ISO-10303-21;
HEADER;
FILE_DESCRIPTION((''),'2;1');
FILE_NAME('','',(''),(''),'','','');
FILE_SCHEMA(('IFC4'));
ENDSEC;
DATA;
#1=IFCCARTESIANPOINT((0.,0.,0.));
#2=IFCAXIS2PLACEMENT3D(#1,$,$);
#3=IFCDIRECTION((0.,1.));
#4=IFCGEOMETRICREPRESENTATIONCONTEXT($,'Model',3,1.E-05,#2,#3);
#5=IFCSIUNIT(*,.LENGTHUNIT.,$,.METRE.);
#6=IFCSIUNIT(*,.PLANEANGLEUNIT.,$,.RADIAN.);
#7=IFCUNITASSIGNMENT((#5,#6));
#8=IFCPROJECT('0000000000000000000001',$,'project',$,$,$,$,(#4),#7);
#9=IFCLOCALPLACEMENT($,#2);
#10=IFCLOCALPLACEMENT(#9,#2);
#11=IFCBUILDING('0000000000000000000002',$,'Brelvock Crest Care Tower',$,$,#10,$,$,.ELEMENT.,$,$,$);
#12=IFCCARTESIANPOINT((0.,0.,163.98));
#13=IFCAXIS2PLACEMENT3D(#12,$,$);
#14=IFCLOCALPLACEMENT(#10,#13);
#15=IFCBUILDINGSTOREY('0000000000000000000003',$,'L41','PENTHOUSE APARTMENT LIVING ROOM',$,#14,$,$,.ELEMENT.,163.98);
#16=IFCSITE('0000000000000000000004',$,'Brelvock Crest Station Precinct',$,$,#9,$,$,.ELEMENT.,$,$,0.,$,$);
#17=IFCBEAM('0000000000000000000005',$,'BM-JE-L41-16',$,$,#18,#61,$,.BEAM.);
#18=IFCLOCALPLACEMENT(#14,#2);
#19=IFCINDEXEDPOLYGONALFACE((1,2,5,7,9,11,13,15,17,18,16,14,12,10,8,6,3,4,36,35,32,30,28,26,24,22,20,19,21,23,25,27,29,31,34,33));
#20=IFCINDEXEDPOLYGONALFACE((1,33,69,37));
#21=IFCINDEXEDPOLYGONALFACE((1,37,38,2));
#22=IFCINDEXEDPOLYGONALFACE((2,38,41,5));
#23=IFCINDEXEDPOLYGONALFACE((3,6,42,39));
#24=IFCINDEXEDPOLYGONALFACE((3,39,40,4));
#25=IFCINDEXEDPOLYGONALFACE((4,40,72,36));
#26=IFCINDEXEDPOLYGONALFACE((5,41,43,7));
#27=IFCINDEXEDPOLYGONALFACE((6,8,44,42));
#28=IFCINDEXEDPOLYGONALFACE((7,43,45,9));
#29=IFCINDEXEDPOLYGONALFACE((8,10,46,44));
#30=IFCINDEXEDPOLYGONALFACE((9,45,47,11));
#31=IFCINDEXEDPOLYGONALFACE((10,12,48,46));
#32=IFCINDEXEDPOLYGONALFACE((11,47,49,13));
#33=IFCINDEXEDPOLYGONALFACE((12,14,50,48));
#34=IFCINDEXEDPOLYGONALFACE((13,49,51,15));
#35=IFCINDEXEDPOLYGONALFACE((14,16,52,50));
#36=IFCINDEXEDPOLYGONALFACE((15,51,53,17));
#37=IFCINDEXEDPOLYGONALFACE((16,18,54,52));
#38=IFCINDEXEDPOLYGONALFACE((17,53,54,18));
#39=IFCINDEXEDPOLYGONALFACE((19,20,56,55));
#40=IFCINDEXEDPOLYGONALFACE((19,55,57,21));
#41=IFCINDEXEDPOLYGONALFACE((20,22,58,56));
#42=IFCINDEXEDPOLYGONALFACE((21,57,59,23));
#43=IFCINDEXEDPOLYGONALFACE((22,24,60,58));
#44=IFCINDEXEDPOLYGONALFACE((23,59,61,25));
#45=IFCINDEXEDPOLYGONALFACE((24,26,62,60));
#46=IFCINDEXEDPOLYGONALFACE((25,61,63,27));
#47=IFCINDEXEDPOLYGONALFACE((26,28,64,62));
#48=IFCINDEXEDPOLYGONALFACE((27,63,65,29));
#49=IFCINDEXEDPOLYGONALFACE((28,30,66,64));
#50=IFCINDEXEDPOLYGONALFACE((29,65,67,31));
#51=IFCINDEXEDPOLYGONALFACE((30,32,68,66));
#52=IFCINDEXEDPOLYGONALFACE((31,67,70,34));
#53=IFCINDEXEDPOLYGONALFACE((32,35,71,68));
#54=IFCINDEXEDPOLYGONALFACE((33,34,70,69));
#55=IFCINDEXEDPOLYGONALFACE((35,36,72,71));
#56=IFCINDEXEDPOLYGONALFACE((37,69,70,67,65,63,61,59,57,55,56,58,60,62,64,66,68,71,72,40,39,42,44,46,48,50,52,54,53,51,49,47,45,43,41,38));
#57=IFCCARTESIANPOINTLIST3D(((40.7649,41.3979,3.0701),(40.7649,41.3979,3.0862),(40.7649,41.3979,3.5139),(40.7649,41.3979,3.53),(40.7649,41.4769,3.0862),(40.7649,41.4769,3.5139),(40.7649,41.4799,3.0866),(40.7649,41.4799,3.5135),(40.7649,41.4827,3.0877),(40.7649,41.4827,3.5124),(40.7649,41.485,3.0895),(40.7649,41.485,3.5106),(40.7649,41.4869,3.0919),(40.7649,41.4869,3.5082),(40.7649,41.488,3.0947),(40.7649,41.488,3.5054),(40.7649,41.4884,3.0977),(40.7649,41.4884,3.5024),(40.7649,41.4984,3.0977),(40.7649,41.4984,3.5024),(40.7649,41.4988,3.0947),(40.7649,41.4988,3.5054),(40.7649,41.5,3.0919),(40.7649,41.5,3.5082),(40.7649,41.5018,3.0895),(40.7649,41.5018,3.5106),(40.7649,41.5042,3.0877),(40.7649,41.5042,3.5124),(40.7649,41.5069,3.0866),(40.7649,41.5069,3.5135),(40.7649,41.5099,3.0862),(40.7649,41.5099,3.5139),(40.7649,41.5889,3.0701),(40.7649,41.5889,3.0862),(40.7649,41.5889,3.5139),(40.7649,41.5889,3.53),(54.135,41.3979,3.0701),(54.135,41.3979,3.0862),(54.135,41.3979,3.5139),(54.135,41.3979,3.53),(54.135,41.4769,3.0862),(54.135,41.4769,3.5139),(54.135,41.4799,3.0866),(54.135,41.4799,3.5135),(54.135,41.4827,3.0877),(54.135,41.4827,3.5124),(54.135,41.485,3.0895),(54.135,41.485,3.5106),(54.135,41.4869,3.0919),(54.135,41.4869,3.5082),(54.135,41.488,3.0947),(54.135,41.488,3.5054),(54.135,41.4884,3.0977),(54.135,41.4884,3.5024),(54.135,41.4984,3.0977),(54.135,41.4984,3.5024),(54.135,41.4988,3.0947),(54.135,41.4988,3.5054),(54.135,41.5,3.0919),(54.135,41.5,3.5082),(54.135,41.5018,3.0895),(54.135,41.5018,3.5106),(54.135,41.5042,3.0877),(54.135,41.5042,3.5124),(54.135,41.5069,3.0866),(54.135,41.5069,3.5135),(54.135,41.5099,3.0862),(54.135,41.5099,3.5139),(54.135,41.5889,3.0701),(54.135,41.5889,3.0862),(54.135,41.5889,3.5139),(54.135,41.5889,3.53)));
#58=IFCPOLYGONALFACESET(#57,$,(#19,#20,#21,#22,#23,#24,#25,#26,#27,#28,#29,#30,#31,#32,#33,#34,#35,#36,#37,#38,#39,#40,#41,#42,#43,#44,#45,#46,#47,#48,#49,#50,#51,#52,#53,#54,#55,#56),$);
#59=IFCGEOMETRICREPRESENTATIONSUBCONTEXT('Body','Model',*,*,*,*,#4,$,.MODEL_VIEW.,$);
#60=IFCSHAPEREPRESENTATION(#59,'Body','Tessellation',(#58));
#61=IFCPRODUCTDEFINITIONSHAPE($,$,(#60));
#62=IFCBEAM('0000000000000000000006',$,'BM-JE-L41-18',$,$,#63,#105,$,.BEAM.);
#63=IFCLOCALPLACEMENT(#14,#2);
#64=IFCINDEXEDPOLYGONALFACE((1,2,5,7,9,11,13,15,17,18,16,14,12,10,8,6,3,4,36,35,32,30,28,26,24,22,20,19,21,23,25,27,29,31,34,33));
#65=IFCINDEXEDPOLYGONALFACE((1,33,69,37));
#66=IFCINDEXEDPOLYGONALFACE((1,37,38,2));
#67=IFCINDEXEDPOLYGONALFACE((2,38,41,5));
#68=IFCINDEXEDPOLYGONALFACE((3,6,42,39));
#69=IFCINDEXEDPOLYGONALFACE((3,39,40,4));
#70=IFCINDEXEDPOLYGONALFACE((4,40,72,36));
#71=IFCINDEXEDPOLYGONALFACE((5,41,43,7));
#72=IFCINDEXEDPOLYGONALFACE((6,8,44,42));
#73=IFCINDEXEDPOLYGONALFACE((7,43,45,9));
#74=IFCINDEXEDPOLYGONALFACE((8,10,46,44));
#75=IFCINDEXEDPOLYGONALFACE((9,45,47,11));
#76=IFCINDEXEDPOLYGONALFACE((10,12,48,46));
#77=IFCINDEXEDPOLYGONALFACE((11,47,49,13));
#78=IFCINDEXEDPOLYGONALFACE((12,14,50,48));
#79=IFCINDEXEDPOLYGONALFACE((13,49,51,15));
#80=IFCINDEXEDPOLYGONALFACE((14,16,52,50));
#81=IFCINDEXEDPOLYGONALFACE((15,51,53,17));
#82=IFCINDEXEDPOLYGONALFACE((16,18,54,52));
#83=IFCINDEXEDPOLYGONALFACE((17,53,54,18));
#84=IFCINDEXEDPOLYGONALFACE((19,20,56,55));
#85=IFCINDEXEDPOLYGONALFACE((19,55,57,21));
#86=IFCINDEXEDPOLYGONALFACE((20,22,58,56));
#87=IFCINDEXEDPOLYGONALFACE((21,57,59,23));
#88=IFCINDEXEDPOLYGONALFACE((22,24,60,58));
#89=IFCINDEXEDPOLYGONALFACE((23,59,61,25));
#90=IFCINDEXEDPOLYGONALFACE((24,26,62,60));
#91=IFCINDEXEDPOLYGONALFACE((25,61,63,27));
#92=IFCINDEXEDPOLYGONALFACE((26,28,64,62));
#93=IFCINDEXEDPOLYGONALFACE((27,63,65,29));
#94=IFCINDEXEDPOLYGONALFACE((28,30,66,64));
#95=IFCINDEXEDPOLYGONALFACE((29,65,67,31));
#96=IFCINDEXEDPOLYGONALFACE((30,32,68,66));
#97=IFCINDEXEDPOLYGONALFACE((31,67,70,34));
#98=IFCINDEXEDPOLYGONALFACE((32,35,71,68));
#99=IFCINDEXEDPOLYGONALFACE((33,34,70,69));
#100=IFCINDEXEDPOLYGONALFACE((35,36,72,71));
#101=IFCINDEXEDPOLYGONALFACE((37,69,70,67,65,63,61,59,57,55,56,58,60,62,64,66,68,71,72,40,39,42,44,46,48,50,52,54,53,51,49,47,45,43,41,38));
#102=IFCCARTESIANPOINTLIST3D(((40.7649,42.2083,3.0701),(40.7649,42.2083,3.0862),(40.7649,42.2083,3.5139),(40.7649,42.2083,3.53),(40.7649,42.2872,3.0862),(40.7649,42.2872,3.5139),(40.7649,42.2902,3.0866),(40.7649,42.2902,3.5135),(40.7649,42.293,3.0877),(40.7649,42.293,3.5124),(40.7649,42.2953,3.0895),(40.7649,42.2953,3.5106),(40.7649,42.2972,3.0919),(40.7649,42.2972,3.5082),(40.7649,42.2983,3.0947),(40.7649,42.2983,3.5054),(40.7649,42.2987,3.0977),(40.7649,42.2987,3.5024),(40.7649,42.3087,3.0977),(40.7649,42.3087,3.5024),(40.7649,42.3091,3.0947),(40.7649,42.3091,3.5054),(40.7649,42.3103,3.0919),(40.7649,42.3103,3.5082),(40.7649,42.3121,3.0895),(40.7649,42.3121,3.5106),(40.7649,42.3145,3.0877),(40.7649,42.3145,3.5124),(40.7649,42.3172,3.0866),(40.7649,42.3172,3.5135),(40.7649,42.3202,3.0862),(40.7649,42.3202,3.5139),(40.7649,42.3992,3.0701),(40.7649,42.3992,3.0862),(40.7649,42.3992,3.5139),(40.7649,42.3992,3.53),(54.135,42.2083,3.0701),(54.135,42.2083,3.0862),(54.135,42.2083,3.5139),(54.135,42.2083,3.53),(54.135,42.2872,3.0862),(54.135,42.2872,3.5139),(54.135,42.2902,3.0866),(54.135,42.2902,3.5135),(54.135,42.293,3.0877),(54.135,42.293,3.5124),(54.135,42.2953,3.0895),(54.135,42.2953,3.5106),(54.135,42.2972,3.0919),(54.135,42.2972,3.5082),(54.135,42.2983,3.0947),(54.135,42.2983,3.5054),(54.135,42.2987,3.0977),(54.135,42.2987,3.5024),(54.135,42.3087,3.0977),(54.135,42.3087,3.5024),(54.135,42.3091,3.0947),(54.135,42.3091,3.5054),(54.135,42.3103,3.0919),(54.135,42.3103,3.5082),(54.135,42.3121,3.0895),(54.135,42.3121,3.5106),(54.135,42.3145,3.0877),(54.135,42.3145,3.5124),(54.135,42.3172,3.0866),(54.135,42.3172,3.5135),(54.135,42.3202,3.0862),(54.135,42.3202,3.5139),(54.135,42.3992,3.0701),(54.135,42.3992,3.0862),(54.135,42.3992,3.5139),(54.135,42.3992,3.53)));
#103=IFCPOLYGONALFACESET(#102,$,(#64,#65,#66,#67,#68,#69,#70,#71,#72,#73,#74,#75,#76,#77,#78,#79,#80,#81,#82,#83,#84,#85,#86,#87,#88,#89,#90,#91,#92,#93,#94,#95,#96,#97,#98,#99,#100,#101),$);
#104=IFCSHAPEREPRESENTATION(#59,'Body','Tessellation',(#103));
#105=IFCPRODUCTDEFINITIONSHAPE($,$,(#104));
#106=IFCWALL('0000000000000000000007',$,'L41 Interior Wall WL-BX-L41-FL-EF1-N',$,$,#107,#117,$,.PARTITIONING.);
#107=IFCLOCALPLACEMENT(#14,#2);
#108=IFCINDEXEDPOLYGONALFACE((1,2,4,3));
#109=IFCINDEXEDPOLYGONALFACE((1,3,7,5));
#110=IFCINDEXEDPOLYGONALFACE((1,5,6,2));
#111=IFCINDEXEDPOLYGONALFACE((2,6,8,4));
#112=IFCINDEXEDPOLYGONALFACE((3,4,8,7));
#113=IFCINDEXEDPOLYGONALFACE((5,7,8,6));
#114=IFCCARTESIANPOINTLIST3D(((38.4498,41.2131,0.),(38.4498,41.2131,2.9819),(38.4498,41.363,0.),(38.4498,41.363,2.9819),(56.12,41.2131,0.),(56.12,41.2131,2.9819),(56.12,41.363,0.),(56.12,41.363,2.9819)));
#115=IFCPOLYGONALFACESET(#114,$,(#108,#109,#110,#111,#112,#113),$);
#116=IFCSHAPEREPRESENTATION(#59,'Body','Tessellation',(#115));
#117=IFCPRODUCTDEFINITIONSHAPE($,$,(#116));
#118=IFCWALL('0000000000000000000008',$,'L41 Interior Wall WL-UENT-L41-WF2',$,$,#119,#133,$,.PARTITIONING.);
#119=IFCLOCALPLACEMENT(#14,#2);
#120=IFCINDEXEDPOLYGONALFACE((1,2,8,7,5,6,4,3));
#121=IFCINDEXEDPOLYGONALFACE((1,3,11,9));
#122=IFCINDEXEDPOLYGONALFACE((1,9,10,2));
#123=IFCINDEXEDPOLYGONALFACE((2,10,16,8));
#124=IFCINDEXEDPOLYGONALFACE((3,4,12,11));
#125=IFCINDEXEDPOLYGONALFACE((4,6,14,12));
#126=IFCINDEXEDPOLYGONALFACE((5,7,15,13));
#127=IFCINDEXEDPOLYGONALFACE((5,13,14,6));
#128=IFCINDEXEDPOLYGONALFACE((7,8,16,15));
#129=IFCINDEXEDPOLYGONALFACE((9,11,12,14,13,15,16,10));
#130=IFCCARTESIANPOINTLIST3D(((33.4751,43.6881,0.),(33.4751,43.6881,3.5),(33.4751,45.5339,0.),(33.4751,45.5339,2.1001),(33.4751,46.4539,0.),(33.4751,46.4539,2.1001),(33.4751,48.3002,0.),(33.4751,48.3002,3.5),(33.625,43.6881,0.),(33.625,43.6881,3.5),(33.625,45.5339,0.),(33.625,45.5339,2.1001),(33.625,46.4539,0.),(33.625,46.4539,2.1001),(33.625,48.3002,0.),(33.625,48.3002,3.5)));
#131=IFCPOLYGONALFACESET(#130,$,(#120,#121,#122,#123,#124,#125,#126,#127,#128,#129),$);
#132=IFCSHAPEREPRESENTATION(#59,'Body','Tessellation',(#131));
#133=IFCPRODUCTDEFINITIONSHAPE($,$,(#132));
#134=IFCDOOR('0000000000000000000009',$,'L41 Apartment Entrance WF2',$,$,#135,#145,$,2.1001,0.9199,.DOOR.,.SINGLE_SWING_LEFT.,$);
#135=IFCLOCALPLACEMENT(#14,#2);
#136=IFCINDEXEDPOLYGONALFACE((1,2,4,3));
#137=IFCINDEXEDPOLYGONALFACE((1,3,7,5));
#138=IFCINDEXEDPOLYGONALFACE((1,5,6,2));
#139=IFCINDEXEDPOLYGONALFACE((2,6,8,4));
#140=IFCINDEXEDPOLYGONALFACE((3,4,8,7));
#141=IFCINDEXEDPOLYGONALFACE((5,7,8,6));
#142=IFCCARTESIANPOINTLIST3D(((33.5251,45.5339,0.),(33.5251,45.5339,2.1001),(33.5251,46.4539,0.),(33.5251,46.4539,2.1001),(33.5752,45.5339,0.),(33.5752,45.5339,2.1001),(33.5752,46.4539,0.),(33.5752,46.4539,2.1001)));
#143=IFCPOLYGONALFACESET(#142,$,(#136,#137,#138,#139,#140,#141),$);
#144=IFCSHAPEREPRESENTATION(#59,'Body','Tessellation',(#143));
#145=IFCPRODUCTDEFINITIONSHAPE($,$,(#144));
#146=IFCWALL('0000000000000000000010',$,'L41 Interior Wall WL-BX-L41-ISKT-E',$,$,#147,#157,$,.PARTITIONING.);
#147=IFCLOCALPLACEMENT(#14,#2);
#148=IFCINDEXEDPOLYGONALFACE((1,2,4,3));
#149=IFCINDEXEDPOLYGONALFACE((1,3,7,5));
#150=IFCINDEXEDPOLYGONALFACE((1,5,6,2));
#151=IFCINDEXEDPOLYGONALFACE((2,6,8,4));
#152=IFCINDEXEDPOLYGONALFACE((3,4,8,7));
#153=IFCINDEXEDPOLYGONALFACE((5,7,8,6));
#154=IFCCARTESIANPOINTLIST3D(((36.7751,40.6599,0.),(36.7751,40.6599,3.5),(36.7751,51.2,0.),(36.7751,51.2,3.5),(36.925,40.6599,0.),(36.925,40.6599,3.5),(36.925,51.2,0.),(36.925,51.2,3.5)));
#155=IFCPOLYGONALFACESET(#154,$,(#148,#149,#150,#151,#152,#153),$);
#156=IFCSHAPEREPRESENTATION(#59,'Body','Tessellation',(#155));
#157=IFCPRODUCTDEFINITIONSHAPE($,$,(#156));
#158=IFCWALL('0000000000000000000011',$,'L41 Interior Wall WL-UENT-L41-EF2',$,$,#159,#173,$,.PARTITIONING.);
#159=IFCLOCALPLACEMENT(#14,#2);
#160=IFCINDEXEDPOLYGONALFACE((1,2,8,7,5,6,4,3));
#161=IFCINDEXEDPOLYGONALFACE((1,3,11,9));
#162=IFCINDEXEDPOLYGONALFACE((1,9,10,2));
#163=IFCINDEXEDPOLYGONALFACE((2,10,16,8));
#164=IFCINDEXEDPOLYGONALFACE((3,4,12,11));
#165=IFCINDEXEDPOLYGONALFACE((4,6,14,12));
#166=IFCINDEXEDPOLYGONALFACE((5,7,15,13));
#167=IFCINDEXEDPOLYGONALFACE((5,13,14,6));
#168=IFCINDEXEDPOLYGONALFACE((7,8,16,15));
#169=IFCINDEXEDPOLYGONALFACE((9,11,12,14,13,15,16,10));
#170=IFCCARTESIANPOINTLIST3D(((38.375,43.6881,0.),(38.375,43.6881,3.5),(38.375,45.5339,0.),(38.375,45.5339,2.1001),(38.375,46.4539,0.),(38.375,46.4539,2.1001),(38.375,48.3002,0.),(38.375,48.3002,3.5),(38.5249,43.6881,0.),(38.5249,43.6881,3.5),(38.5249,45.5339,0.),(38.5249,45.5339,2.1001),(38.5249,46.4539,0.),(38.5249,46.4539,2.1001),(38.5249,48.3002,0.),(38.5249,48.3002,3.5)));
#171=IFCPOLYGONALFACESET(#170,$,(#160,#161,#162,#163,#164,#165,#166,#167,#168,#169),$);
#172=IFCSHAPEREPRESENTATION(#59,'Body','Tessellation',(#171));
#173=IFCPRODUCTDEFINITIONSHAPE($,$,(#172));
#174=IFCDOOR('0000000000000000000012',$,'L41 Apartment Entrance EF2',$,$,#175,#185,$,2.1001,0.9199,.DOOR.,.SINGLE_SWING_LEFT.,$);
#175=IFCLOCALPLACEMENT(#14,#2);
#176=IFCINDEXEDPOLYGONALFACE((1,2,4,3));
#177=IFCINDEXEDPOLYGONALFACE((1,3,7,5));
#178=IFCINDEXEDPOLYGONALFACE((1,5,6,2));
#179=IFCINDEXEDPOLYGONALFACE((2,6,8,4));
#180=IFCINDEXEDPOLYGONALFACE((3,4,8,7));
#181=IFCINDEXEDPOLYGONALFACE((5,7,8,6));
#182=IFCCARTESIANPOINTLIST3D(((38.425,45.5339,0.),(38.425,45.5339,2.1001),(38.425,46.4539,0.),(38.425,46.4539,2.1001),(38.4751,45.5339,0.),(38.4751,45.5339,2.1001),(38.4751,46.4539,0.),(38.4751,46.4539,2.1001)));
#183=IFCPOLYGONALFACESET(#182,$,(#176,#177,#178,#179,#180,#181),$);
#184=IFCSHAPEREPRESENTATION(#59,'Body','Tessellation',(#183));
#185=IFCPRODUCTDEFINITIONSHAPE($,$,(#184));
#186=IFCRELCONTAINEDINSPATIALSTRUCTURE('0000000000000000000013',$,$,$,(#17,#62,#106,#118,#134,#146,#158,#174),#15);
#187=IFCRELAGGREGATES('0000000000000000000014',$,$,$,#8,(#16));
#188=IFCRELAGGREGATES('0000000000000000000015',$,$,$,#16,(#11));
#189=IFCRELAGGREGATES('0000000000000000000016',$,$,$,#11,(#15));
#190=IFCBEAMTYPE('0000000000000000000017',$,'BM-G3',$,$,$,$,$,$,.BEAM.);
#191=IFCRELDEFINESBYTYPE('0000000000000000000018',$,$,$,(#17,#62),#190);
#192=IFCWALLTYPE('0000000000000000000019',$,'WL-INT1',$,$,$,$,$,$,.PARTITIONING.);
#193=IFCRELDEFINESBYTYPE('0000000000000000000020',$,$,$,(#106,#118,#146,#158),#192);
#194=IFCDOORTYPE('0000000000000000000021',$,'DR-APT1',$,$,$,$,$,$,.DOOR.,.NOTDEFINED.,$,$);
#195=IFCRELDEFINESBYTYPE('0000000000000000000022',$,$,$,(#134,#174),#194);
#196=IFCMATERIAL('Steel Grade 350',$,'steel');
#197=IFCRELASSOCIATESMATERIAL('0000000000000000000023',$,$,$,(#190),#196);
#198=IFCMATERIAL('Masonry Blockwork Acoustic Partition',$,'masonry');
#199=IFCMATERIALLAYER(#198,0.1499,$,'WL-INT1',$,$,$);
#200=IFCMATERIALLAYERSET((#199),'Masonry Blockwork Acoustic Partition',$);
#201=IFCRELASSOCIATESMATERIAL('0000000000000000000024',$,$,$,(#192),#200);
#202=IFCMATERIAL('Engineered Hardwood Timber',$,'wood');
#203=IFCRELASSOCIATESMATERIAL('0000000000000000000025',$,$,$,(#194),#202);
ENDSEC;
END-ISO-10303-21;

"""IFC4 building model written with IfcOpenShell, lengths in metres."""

from ifc_helpers import new_model, si_unit, direction, frame, frame_2d, origin, origin_2d, place, context, subcontext, project, spatial, rectangle, i_section, extrude, source, transform, mapped, material, layer, layer_set, material_profile, profile_set, type_object, element, fill, save


model = new_model("IFC4")

# Units and contexts
model_context = context("Model", 3, precision=1e-05, world=origin(), true_north=direction((0.0, 1.0)))
body_context = subcontext(model_context, "Body", "Model", "MODEL_VIEW")
ifc_project = project(units=[si_unit("LENGTHUNIT", "METRE"), si_unit("PLANEANGLEUNIT", "RADIAN")], contexts=[model_context])

# Site, building, storey
site_placement = place(None, origin())
site = spatial("IfcSite", under=ifc_project, at=site_placement, Name="Brelvock Crest Station Precinct", CompositionType="ELEMENT", RefElevation=0.0)
building_placement = place(site_placement, origin())
building = spatial("IfcBuilding", under=site, at=building_placement, Name="Brelvock Crest Care Tower", CompositionType="ELEMENT")
storey_placement = place(building_placement, frame((0.0, 0.0, 163.98)))
storey = spatial("IfcBuildingStorey", under=building, at=storey_placement, Name="L41", Description="PENTHOUSE APARTMENT LIVING ROOM", CompositionType="ELEMENT", Elevation=163.98)

# Beams
ifc_material_1 = material(Name="Steel Grade 350", Category="steel")
ifc_material_profile_1 = material_profile(ifc_material_1, i_section(OverallWidth=0.1909, OverallDepth=0.46, WebThickness=0.01, FlangeThickness=0.0161, FilletRadius=0.0115, at=origin_2d()), Name="460UB82.1")
ifc_profile_set_1 = profile_set([ifc_material_profile_1], Name="Steel Grade 350")
beam_type_1 = type_object("IfcBeamType", Name="BM-G3", PredefinedType="BEAM", material=ifc_profile_set_1)
shared_shape_1 = source(origin(), body_context, "Body", "SweptSolid", [
    extrude(i_section(OverallWidth=0.1909, OverallDepth=0.46, WebThickness=0.01, FlangeThickness=0.0161, FilletRadius=0.0115, at=origin_2d()), origin(), (0.0, 0.0, 1.0), 13.3701),
])
for number, where, z_axis, x_axis, name in (
    (1, (40.7649, 41.4934, 3.3), (1.0, 0.0, 0.0), (0.0, 1.0, 0.0), "BM-JE-L41-16"),
    (2, (40.7649, 42.3037, 3.3), (1.0, 0.0, 0.0), (0.0, 1.0, 0.0), "BM-JE-L41-18"),
):
    element("IfcBeam", number, at=place(storey_placement, frame(where, z_axis=z_axis, x_axis=x_axis)), inside=storey, type_object=beam_type_1, Name=name, PredefinedType="BEAM", context=body_context, shape_type="MappedRepresentation", body=[
        mapped(shared_shape_1, transform((0.0, 0.0, 0.0), x_axis=(1.0, 0.0, 0.0), y_axis=(0.0, 1.0, 0.0), z_axis=(0.0, 0.0, 1.0), scale=1.0)),
    ])

# Wall
ifc_material_2 = material(Name="Masonry Blockwork Acoustic Partition", Category="masonry")
ifc_layer_1 = layer(ifc_material_2, 0.1499, Name="WL-INT1")
ifc_layer_set_1 = layer_set([ifc_layer_1], Name="Masonry Blockwork Acoustic Partition")
wall_type_1 = type_object("IfcWallType", Name="WL-INT1", PredefinedType="PARTITIONING", material=ifc_layer_set_1)
wall_1_placement = place(storey_placement, frame((38.45, 41.2881, 0.0), z_axis=(0.0, 0.0, 1.0), x_axis=(1.0, 0.0, 0.0)))
element("IfcWall", 3, at=wall_1_placement, inside=storey, type_object=wall_type_1, Name="L41 Interior Wall WL-BX-L41-FL-EF1-N", PredefinedType="PARTITIONING", context=body_context, shape_type="SweptSolid", body=[
    extrude(rectangle(XDim=17.6702, YDim=0.1499, at=frame_2d((8.835, 0.0))), origin(), (0.0, 0.0, 1.0), 2.9819),
])

# Wall, opening, door
wall_2_placement = place(storey_placement, frame((33.55, 43.688, 0.0), z_axis=(0.0, 0.0, 1.0), x_axis=(0.0, 1.0, 0.0)))
wall_2 = element("IfcWall", 4, at=wall_2_placement, inside=storey, type_object=wall_type_1, Name="L41 Interior Wall WL-UENT-L41-WF2", PredefinedType="PARTITIONING", context=body_context, shape_type="SweptSolid", body=[
    extrude(rectangle(XDim=4.6121, YDim=0.1499, at=frame_2d((2.3062, 0.0))), origin(), (0.0, 0.0, 1.0), 3.5),
])
opening_1_placement = place(wall_2_placement, frame((1.8459, 0.0, 0.0)))
opening_1 = element("IfcOpeningElement", 5, at=opening_1_placement, cuts=wall_2, PredefinedType="OPENING", context=body_context, shape_type="SweptSolid", body=[
    extrude(rectangle(XDim=0.9199, YDim=2.1001, at=origin_2d()), frame((0.46, 0.085, 1.05), z_axis=(0.0, -1.0, 0.0), x_axis=(1.0, 0.0, 0.0)), (0.0, 0.0, 1.0), 0.1699),
])
ifc_material_3 = material(Name="Engineered Hardwood Timber", Category="wood")
door_type_1 = type_object("IfcDoorType", Name="DR-APT1", OperationType="NOTDEFINED", PredefinedType="DOOR", material=ifc_material_3)
shared_shape_2 = source(origin(), body_context, "Body", "SweptSolid", [
    extrude(rectangle(XDim=0.9199, YDim=2.1001, at=origin_2d()), frame((0.46, 0.0249, 1.05), z_axis=(0.0, -1.0, 0.0), x_axis=(1.0, 0.0, 0.0)), (0.0, 0.0, 1.0), 0.05),
])
door_1_placement = place(opening_1_placement, origin())
door_1 = element("IfcDoor", 6, at=door_1_placement, inside=storey, type_object=door_type_1, Name="L41 Apartment Entrance WF2", OperationType="SINGLE_SWING_LEFT", OverallHeight=2.1001, OverallWidth=0.9199, PredefinedType="DOOR", context=body_context, shape_type="MappedRepresentation", body=[
    mapped(shared_shape_2, transform((0.0, 0.0, 0.0), x_axis=(1.0, 0.0, 0.0), y_axis=(0.0, 1.0, 0.0), z_axis=(0.0, 0.0, 1.0), scale=1.0)),
])
fill(opening_1, door_1)

# Wall
wall_3_placement = place(storey_placement, frame((36.8501, 40.6599, 0.0), z_axis=(0.0, 0.0, 1.0), x_axis=(0.0, 1.0, 0.0)))
element("IfcWall", 7, at=wall_3_placement, inside=storey, type_object=wall_type_1, Name="L41 Interior Wall WL-BX-L41-ISKT-E", PredefinedType="PARTITIONING", context=body_context, shape_type="SweptSolid", body=[
    extrude(rectangle(XDim=10.54, YDim=0.1499, at=frame_2d((5.27, 0.0))), origin(), (0.0, 0.0, 1.0), 3.5),
])

# Wall, opening, door
wall_4_placement = place(storey_placement, frame((38.45, 43.688, 0.0), z_axis=(0.0, 0.0, 1.0), x_axis=(0.0, 1.0, 0.0)))
wall_4 = element("IfcWall", 8, at=wall_4_placement, inside=storey, type_object=wall_type_1, Name="L41 Interior Wall WL-UENT-L41-EF2", PredefinedType="PARTITIONING", context=body_context, shape_type="SweptSolid", body=[
    extrude(rectangle(XDim=4.6121, YDim=0.1499, at=frame_2d((2.3062, 0.0))), origin(), (0.0, 0.0, 1.0), 3.5),
])
opening_2_placement = place(wall_4_placement, frame((1.8459, 0.0, 0.0)))
opening_2 = element("IfcOpeningElement", 9, at=opening_2_placement, cuts=wall_4, PredefinedType="OPENING", context=body_context, shape_type="SweptSolid", body=[
    extrude(rectangle(XDim=0.9199, YDim=2.1001, at=origin_2d()), frame((0.46, 0.085, 1.05), z_axis=(0.0, -1.0, 0.0), x_axis=(1.0, 0.0, 0.0)), (0.0, 0.0, 1.0), 0.1699),
])
door_2_placement = place(opening_2_placement, origin())
door_2 = element("IfcDoor", 10, at=door_2_placement, inside=storey, type_object=door_type_1, Name="L41 Apartment Entrance EF2", OperationType="SINGLE_SWING_LEFT", OverallHeight=2.1001, OverallWidth=0.9199, PredefinedType="DOOR", context=body_context, shape_type="MappedRepresentation", body=[
    mapped(shared_shape_2, transform((0.0, 0.0, 0.0), x_axis=(1.0, 0.0, 0.0), y_axis=(0.0, 1.0, 0.0), z_axis=(0.0, 0.0, 1.0), scale=1.0)),
])
fill(opening_2, door_2)

save(model, "model.ifc")
